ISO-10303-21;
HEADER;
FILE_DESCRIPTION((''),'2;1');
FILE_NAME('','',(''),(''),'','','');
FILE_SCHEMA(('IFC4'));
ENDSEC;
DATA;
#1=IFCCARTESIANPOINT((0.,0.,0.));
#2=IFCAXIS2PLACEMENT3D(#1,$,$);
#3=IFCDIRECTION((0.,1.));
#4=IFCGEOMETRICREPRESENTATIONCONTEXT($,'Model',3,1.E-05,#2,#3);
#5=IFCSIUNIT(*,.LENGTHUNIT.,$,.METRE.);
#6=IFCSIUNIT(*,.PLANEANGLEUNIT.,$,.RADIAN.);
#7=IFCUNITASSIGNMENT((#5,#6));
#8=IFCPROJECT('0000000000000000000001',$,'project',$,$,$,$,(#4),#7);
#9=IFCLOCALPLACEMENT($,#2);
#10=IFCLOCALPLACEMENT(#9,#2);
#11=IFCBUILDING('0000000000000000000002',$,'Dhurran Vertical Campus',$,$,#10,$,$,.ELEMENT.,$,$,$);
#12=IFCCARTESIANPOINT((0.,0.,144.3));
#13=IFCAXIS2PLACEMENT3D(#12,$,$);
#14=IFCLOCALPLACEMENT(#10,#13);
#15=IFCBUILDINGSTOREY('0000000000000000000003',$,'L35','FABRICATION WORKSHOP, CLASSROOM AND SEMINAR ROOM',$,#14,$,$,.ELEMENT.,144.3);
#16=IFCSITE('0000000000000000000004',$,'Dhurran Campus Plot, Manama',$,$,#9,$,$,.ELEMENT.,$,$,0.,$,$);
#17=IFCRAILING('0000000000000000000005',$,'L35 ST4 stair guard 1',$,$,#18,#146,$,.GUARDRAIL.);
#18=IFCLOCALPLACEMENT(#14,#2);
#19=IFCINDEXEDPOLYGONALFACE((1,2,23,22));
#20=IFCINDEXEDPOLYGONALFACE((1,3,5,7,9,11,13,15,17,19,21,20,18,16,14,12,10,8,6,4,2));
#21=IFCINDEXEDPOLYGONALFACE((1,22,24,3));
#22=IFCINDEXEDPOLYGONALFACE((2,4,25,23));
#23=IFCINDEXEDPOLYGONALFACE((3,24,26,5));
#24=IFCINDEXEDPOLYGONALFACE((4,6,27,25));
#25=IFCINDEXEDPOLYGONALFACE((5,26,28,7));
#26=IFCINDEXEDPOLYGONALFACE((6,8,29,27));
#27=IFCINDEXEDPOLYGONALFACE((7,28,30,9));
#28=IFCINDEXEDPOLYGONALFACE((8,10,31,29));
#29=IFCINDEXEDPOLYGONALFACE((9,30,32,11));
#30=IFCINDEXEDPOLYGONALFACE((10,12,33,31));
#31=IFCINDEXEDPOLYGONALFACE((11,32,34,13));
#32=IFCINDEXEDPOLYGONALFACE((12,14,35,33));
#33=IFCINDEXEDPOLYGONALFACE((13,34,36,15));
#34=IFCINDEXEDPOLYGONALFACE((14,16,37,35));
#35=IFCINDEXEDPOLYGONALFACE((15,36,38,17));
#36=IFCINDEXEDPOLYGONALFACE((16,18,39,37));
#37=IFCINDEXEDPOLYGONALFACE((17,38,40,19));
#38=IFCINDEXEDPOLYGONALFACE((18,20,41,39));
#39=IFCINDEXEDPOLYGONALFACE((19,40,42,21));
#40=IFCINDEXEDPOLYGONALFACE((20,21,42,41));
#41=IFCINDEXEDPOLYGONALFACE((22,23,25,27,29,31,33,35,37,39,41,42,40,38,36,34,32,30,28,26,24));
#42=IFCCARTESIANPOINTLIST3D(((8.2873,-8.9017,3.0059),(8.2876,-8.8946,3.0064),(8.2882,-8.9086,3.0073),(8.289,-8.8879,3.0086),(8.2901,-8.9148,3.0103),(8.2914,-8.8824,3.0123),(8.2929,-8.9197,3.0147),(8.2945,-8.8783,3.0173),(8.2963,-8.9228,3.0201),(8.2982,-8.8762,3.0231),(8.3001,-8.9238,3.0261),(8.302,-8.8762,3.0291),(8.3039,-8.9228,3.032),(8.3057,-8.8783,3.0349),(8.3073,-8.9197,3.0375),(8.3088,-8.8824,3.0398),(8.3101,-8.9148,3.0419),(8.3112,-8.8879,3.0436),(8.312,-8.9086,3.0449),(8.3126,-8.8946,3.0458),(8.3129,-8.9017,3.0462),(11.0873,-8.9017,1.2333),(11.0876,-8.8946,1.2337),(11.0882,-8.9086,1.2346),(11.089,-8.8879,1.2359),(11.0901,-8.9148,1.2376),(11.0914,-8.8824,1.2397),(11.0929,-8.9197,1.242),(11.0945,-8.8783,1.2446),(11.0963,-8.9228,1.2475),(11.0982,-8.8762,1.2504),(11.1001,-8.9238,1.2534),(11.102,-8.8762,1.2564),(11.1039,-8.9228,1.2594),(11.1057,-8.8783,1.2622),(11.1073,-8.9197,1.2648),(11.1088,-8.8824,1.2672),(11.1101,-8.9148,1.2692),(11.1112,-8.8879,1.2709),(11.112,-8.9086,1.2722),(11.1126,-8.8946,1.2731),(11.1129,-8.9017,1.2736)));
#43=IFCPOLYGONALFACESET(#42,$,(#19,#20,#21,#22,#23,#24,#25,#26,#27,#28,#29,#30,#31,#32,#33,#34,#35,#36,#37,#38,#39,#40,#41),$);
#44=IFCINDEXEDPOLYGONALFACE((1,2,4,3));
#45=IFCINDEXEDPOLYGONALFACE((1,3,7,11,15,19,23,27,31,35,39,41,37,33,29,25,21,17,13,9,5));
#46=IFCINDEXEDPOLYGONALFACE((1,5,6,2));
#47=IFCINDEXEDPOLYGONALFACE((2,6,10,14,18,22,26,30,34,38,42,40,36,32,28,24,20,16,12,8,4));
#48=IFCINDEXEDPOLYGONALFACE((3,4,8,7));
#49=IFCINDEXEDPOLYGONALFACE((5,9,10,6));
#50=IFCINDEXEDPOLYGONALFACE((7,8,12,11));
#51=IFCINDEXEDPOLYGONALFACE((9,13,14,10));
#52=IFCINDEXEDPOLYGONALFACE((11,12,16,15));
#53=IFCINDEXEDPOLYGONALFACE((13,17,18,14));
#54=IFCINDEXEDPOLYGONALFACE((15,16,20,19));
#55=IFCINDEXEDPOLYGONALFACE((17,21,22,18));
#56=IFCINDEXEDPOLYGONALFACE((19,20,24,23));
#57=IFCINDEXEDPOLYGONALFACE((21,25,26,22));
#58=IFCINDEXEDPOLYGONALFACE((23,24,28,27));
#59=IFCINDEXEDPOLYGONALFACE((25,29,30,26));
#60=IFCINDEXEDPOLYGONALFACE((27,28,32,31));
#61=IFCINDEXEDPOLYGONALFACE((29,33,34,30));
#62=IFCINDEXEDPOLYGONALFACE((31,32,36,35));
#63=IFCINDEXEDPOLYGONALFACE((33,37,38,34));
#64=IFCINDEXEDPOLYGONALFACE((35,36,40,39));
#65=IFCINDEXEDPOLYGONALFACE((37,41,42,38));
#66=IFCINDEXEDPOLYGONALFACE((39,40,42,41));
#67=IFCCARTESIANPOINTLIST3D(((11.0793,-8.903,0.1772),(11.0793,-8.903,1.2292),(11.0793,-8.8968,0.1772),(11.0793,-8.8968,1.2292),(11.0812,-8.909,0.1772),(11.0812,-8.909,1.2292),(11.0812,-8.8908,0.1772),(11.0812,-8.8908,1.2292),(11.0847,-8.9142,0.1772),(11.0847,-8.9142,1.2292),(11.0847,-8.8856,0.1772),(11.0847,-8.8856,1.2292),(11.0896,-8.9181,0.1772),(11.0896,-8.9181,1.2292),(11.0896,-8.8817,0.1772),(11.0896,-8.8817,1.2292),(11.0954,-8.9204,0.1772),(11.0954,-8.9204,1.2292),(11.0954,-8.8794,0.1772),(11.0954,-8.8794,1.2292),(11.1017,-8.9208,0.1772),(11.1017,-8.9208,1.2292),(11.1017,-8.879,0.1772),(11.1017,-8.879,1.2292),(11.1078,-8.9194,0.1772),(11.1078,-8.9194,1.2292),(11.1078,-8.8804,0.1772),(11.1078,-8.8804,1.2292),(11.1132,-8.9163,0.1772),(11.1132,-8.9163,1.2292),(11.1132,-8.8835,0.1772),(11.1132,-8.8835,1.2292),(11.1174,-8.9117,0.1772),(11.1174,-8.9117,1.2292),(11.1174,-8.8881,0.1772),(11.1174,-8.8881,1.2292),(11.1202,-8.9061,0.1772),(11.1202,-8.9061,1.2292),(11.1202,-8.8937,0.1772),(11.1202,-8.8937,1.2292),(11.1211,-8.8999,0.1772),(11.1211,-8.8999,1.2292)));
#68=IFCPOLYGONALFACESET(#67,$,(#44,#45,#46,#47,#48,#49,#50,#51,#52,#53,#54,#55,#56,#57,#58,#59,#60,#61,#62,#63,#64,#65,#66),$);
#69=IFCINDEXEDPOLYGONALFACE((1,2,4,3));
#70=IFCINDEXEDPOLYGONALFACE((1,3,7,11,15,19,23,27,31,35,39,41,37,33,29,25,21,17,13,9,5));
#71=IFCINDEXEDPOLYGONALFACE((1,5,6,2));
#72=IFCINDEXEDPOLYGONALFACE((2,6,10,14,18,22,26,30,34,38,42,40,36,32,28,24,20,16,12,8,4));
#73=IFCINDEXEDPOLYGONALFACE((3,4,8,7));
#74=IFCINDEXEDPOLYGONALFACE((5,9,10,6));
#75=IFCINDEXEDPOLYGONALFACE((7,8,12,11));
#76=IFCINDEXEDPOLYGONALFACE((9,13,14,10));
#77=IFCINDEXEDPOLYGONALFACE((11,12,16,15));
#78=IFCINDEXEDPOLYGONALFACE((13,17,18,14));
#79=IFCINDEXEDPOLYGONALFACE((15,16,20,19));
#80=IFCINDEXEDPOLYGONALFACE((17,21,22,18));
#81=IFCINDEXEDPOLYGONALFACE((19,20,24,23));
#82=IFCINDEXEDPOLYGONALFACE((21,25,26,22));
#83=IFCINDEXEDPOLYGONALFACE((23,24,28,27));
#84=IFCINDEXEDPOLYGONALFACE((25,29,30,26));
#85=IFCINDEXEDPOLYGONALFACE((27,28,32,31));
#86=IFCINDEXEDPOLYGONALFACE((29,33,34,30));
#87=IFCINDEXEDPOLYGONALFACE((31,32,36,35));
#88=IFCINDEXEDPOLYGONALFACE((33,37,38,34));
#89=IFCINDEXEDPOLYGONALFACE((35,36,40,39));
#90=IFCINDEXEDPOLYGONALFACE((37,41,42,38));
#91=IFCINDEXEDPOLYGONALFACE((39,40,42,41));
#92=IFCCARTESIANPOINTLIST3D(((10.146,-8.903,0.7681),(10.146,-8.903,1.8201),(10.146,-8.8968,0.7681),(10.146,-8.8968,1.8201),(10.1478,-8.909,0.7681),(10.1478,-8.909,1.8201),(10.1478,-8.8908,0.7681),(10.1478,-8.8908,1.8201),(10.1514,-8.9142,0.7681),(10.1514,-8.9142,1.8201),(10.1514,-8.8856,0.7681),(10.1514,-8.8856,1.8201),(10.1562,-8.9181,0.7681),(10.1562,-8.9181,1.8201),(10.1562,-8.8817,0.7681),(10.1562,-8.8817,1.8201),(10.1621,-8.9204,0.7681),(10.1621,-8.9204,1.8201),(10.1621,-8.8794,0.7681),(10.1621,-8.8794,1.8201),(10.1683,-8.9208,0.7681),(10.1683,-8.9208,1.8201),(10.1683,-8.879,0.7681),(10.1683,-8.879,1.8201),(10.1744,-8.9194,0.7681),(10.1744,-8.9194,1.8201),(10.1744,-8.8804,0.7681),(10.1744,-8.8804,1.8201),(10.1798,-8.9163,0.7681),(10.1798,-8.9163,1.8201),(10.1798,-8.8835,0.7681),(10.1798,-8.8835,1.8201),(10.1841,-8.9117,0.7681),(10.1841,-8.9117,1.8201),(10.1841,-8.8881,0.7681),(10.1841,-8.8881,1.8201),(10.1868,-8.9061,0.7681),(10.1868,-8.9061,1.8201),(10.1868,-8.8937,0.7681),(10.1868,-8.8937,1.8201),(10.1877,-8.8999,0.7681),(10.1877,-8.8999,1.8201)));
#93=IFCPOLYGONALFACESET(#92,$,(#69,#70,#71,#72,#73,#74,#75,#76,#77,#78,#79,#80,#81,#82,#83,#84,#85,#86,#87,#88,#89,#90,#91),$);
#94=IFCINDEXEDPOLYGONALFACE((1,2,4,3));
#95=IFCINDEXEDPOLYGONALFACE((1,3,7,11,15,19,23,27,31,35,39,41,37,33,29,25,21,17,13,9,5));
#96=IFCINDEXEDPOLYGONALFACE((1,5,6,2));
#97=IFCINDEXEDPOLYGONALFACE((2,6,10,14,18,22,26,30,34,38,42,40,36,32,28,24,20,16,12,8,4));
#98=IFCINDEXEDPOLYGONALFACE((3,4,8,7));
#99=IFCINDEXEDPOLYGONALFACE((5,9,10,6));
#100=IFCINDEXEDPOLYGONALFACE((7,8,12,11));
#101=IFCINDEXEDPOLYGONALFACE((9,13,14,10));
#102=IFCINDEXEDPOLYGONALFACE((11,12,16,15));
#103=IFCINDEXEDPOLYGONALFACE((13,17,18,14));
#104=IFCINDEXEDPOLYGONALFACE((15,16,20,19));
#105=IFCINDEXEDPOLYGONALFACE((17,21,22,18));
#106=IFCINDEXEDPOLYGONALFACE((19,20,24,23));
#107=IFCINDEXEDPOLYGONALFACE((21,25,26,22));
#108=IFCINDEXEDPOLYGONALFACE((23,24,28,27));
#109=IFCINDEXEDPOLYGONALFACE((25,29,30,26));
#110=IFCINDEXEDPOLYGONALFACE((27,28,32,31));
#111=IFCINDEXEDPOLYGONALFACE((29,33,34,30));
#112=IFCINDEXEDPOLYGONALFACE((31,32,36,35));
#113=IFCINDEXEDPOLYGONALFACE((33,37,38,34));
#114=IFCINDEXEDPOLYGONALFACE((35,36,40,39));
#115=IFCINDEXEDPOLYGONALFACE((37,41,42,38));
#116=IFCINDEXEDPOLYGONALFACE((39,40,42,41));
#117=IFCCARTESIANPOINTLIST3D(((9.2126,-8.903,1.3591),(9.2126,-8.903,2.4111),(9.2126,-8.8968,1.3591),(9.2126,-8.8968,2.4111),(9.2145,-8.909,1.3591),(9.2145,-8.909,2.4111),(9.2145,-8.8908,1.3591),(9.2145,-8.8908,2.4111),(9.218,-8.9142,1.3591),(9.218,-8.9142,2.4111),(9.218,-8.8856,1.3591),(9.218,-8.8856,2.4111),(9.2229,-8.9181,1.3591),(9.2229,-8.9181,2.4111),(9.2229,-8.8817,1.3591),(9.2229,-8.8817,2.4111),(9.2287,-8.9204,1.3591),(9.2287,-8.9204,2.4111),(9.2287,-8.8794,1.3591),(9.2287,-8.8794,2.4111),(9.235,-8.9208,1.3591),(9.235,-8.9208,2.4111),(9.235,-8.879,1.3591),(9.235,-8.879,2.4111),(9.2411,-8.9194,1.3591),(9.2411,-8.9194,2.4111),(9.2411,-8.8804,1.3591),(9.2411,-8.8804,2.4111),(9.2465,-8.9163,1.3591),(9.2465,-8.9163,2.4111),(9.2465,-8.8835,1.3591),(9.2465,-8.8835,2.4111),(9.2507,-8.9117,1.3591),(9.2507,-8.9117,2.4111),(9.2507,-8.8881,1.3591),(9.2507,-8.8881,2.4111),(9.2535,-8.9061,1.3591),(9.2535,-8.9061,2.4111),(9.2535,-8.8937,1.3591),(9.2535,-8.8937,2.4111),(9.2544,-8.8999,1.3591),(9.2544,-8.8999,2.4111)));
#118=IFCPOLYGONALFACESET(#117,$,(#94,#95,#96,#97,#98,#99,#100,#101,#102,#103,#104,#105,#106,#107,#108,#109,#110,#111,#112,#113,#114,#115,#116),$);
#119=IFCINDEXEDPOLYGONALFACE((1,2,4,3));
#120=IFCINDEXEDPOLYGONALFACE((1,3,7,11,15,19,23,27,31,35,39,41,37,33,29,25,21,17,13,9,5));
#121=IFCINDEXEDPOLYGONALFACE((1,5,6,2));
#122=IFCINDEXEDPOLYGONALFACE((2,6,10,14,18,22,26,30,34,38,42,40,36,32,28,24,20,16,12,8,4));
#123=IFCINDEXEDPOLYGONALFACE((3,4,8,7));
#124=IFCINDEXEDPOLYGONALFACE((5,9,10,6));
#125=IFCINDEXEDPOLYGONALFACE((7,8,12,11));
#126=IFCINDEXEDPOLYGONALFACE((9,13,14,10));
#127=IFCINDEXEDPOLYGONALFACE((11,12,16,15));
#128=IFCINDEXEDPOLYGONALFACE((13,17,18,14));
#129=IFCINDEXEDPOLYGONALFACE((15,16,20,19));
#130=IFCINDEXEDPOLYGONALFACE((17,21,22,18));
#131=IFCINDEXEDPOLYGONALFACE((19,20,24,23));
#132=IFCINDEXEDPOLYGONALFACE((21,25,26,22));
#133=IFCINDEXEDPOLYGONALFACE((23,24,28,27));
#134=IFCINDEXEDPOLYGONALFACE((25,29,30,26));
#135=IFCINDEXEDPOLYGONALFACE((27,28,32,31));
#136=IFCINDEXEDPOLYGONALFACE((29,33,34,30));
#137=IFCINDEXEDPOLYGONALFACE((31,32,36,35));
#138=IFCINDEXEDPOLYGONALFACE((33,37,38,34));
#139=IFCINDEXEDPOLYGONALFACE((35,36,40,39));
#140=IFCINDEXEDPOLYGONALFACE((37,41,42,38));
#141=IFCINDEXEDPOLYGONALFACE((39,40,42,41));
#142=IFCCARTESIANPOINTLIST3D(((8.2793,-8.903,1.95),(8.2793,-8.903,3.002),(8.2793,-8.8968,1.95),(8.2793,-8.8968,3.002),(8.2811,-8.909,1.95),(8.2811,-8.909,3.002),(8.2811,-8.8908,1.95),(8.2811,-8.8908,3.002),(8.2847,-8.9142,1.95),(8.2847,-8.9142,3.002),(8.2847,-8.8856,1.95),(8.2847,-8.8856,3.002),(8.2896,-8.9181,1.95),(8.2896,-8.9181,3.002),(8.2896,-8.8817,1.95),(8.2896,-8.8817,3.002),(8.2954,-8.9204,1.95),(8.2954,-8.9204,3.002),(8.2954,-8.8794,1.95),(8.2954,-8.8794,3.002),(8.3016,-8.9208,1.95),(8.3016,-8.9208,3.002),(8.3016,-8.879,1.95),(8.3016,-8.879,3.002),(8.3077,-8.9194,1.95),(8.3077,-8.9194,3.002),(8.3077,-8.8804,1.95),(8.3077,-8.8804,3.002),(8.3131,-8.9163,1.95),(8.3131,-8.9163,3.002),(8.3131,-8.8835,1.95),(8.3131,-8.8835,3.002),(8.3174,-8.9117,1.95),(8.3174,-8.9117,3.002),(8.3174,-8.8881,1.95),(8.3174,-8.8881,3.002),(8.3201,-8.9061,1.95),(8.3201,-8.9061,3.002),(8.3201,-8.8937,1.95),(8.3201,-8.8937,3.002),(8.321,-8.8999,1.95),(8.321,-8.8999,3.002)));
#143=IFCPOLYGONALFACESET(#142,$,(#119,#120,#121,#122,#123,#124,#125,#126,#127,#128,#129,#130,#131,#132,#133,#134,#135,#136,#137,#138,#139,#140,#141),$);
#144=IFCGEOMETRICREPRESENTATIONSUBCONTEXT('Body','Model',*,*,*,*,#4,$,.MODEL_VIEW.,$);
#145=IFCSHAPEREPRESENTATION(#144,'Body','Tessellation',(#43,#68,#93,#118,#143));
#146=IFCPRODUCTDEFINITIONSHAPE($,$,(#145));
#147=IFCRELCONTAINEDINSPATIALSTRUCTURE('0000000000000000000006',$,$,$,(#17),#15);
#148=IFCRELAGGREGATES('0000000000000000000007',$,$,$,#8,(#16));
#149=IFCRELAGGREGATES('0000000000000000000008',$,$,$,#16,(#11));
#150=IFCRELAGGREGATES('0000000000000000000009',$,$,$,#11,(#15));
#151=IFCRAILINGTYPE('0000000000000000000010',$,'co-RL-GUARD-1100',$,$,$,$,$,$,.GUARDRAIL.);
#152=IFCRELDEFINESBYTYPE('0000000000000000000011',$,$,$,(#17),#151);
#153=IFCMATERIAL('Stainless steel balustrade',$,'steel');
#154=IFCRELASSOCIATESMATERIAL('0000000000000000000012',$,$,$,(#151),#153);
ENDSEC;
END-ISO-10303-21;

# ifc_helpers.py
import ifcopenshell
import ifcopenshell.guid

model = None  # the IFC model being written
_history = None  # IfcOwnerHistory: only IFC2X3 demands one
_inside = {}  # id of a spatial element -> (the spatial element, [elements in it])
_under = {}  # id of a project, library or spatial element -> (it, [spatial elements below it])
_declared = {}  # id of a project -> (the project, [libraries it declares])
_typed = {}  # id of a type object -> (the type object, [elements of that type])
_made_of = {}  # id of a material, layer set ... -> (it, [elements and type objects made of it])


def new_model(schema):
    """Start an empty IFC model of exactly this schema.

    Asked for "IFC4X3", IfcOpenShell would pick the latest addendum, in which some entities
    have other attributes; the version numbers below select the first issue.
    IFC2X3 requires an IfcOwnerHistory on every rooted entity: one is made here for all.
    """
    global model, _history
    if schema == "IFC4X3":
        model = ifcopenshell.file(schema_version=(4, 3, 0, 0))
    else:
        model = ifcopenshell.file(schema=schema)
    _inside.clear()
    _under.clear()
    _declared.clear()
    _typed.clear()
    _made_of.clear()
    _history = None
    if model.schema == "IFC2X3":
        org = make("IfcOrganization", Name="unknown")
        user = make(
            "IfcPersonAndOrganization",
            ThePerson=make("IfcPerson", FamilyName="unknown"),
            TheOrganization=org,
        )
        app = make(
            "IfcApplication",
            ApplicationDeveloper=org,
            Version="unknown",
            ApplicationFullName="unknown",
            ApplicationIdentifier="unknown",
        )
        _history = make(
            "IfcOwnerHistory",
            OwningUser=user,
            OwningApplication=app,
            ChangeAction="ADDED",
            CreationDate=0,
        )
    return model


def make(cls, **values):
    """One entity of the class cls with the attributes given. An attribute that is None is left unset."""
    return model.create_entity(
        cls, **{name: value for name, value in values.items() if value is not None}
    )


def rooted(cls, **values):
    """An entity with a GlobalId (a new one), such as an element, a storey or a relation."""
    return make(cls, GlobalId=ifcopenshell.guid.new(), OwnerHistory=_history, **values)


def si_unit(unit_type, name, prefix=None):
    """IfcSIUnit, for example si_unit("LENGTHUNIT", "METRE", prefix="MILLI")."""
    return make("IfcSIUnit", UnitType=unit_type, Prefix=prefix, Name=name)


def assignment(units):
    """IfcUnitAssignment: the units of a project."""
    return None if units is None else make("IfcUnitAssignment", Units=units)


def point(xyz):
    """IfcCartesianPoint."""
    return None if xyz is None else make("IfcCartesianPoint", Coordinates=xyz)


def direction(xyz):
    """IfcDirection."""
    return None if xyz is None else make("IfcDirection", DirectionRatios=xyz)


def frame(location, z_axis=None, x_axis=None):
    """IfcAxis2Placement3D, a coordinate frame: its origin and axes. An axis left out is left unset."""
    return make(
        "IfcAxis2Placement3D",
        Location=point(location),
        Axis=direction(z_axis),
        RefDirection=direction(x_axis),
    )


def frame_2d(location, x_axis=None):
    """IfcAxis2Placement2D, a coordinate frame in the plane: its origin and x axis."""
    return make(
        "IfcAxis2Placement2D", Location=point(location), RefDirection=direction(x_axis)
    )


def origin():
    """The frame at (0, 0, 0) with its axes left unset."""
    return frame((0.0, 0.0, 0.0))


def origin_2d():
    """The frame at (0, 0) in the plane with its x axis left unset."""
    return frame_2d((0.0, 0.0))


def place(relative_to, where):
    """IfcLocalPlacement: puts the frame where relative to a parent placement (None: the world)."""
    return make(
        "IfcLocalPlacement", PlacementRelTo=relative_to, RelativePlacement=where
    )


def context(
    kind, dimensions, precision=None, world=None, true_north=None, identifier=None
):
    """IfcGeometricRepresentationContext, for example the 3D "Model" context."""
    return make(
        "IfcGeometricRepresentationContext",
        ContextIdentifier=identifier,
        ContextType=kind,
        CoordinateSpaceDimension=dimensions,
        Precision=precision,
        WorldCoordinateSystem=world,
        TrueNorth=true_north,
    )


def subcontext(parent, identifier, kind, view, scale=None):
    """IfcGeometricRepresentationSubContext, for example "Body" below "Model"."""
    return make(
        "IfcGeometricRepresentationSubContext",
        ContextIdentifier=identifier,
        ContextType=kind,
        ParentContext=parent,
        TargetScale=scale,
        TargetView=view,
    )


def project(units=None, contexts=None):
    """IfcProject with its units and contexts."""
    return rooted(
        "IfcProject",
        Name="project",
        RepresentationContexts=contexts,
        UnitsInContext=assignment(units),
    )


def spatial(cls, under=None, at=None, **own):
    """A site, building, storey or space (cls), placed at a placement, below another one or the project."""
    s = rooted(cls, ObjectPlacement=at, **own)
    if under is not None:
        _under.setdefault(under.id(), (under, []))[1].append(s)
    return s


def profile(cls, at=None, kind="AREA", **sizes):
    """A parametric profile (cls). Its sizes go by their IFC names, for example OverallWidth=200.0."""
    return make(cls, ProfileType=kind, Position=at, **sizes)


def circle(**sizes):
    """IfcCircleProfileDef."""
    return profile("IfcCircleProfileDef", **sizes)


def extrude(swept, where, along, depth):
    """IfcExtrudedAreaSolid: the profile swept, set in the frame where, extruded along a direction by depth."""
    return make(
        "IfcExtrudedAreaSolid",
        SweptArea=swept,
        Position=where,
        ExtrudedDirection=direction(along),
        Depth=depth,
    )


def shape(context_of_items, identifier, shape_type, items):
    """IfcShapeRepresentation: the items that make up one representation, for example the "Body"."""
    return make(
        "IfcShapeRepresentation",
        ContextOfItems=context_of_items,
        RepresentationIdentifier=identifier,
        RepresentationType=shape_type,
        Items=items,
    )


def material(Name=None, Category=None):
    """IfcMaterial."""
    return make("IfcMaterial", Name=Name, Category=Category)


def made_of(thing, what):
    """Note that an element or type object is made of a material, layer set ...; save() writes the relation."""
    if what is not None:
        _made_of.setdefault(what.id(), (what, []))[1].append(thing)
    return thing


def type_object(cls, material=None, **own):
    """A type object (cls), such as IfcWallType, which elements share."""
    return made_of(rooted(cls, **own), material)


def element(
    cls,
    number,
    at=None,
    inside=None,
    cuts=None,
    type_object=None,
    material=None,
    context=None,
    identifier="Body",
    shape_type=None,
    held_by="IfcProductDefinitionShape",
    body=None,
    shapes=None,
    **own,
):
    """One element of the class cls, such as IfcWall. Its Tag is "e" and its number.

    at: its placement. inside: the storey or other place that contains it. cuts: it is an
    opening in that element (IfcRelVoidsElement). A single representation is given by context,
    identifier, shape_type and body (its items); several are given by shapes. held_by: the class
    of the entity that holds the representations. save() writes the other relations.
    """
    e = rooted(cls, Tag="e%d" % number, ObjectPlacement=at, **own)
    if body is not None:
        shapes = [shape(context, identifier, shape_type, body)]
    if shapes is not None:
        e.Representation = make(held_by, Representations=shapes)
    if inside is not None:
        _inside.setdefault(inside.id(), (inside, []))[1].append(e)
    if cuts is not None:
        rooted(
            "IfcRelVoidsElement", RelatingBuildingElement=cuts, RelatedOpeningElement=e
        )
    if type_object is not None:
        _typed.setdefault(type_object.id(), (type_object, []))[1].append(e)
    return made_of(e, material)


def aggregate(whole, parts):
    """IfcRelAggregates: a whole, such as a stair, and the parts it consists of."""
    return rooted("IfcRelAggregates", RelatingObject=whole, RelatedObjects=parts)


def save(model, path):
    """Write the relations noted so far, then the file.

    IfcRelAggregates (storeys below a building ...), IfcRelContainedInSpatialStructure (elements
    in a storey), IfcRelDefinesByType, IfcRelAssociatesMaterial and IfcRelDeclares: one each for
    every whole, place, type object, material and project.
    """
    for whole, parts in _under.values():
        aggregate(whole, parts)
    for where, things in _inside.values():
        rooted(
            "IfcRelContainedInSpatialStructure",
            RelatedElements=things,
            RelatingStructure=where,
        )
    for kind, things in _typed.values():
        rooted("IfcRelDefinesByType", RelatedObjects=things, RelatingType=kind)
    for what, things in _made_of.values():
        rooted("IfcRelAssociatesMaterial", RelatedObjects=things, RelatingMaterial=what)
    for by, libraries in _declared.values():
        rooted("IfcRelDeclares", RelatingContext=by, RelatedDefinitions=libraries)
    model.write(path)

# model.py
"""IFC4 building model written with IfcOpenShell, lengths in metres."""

from ifc_helpers import new_model, si_unit, direction, frame, origin, origin_2d, place, context, subcontext, project, spatial, circle, extrude, material, type_object, element, save


model = new_model("IFC4")

# Units and contexts
model_context = context("Model", 3, precision=1e-05, world=origin(), true_north=direction((0.0, 1.0)))
body_context = subcontext(model_context, "Body", "Model", "MODEL_VIEW")
ifc_project = project(units=[si_unit("LENGTHUNIT", "METRE"), si_unit("PLANEANGLEUNIT", "RADIAN")], contexts=[model_context])

# Site, building, storey
site_placement = place(None, origin())
site = spatial("IfcSite", under=ifc_project, at=site_placement, Name="Dhurran Campus Plot, Manama", CompositionType="ELEMENT", RefElevation=0.0)
building_placement = place(site_placement, origin())
building = spatial("IfcBuilding", under=site, at=building_placement, Name="Dhurran Vertical Campus", CompositionType="ELEMENT")
storey_placement = place(building_placement, frame((0.0, 0.0, 144.3)))
storey = spatial("IfcBuildingStorey", under=building, at=storey_placement, Name="L35", Description="FABRICATION WORKSHOP, CLASSROOM AND SEMINAR ROOM", CompositionType="ELEMENT", Elevation=144.3)

# Railing
ifc_material_1 = material(Name="Stainless steel balustrade", Category="steel")
railing_type_1 = type_object("IfcRailingType", Name="co-RL-GUARD-1100", PredefinedType="GUARDRAIL", material=ifc_material_1)
railing_1_placement = place(storey_placement, frame((11.1001, -8.8999, 0.1772)))
element("IfcRailing", 1, at=railing_1_placement, inside=storey, type_object=railing_type_1, Name="L35 ST4 stair guard 1", PredefinedType="GUARDRAIL", context=body_context, shape_type="SweptSolid", body=[
    extrude(circle(Radius=0.0239, at=origin_2d()), frame((0.0, 0.0, 1.0762), z_axis=(-0.844909, 0.0, 0.53491), x_axis=(0.0, -1.0, 0.0)), (0.0, 0.0, 1.0), 3.314),
    extrude(circle(Radius=0.021, at=origin_2d()), origin(), (0.0, 0.0, 1.0), 1.052),
    extrude(circle(Radius=0.021, at=origin_2d()), frame((-0.9333, 0.0, 0.5908)), (0.0, 0.0, 1.0), 1.052),
    extrude(circle(Radius=0.021, at=origin_2d()), frame((-1.8667, 0.0, 1.1819)), (0.0, 0.0, 1.0), 1.052),
    extrude(circle(Radius=0.021, at=origin_2d()), frame((-2.8, 0.0, 1.7727)), (0.0, 0.0, 1.0), 1.052),
])

save(model, "model.ifc")
